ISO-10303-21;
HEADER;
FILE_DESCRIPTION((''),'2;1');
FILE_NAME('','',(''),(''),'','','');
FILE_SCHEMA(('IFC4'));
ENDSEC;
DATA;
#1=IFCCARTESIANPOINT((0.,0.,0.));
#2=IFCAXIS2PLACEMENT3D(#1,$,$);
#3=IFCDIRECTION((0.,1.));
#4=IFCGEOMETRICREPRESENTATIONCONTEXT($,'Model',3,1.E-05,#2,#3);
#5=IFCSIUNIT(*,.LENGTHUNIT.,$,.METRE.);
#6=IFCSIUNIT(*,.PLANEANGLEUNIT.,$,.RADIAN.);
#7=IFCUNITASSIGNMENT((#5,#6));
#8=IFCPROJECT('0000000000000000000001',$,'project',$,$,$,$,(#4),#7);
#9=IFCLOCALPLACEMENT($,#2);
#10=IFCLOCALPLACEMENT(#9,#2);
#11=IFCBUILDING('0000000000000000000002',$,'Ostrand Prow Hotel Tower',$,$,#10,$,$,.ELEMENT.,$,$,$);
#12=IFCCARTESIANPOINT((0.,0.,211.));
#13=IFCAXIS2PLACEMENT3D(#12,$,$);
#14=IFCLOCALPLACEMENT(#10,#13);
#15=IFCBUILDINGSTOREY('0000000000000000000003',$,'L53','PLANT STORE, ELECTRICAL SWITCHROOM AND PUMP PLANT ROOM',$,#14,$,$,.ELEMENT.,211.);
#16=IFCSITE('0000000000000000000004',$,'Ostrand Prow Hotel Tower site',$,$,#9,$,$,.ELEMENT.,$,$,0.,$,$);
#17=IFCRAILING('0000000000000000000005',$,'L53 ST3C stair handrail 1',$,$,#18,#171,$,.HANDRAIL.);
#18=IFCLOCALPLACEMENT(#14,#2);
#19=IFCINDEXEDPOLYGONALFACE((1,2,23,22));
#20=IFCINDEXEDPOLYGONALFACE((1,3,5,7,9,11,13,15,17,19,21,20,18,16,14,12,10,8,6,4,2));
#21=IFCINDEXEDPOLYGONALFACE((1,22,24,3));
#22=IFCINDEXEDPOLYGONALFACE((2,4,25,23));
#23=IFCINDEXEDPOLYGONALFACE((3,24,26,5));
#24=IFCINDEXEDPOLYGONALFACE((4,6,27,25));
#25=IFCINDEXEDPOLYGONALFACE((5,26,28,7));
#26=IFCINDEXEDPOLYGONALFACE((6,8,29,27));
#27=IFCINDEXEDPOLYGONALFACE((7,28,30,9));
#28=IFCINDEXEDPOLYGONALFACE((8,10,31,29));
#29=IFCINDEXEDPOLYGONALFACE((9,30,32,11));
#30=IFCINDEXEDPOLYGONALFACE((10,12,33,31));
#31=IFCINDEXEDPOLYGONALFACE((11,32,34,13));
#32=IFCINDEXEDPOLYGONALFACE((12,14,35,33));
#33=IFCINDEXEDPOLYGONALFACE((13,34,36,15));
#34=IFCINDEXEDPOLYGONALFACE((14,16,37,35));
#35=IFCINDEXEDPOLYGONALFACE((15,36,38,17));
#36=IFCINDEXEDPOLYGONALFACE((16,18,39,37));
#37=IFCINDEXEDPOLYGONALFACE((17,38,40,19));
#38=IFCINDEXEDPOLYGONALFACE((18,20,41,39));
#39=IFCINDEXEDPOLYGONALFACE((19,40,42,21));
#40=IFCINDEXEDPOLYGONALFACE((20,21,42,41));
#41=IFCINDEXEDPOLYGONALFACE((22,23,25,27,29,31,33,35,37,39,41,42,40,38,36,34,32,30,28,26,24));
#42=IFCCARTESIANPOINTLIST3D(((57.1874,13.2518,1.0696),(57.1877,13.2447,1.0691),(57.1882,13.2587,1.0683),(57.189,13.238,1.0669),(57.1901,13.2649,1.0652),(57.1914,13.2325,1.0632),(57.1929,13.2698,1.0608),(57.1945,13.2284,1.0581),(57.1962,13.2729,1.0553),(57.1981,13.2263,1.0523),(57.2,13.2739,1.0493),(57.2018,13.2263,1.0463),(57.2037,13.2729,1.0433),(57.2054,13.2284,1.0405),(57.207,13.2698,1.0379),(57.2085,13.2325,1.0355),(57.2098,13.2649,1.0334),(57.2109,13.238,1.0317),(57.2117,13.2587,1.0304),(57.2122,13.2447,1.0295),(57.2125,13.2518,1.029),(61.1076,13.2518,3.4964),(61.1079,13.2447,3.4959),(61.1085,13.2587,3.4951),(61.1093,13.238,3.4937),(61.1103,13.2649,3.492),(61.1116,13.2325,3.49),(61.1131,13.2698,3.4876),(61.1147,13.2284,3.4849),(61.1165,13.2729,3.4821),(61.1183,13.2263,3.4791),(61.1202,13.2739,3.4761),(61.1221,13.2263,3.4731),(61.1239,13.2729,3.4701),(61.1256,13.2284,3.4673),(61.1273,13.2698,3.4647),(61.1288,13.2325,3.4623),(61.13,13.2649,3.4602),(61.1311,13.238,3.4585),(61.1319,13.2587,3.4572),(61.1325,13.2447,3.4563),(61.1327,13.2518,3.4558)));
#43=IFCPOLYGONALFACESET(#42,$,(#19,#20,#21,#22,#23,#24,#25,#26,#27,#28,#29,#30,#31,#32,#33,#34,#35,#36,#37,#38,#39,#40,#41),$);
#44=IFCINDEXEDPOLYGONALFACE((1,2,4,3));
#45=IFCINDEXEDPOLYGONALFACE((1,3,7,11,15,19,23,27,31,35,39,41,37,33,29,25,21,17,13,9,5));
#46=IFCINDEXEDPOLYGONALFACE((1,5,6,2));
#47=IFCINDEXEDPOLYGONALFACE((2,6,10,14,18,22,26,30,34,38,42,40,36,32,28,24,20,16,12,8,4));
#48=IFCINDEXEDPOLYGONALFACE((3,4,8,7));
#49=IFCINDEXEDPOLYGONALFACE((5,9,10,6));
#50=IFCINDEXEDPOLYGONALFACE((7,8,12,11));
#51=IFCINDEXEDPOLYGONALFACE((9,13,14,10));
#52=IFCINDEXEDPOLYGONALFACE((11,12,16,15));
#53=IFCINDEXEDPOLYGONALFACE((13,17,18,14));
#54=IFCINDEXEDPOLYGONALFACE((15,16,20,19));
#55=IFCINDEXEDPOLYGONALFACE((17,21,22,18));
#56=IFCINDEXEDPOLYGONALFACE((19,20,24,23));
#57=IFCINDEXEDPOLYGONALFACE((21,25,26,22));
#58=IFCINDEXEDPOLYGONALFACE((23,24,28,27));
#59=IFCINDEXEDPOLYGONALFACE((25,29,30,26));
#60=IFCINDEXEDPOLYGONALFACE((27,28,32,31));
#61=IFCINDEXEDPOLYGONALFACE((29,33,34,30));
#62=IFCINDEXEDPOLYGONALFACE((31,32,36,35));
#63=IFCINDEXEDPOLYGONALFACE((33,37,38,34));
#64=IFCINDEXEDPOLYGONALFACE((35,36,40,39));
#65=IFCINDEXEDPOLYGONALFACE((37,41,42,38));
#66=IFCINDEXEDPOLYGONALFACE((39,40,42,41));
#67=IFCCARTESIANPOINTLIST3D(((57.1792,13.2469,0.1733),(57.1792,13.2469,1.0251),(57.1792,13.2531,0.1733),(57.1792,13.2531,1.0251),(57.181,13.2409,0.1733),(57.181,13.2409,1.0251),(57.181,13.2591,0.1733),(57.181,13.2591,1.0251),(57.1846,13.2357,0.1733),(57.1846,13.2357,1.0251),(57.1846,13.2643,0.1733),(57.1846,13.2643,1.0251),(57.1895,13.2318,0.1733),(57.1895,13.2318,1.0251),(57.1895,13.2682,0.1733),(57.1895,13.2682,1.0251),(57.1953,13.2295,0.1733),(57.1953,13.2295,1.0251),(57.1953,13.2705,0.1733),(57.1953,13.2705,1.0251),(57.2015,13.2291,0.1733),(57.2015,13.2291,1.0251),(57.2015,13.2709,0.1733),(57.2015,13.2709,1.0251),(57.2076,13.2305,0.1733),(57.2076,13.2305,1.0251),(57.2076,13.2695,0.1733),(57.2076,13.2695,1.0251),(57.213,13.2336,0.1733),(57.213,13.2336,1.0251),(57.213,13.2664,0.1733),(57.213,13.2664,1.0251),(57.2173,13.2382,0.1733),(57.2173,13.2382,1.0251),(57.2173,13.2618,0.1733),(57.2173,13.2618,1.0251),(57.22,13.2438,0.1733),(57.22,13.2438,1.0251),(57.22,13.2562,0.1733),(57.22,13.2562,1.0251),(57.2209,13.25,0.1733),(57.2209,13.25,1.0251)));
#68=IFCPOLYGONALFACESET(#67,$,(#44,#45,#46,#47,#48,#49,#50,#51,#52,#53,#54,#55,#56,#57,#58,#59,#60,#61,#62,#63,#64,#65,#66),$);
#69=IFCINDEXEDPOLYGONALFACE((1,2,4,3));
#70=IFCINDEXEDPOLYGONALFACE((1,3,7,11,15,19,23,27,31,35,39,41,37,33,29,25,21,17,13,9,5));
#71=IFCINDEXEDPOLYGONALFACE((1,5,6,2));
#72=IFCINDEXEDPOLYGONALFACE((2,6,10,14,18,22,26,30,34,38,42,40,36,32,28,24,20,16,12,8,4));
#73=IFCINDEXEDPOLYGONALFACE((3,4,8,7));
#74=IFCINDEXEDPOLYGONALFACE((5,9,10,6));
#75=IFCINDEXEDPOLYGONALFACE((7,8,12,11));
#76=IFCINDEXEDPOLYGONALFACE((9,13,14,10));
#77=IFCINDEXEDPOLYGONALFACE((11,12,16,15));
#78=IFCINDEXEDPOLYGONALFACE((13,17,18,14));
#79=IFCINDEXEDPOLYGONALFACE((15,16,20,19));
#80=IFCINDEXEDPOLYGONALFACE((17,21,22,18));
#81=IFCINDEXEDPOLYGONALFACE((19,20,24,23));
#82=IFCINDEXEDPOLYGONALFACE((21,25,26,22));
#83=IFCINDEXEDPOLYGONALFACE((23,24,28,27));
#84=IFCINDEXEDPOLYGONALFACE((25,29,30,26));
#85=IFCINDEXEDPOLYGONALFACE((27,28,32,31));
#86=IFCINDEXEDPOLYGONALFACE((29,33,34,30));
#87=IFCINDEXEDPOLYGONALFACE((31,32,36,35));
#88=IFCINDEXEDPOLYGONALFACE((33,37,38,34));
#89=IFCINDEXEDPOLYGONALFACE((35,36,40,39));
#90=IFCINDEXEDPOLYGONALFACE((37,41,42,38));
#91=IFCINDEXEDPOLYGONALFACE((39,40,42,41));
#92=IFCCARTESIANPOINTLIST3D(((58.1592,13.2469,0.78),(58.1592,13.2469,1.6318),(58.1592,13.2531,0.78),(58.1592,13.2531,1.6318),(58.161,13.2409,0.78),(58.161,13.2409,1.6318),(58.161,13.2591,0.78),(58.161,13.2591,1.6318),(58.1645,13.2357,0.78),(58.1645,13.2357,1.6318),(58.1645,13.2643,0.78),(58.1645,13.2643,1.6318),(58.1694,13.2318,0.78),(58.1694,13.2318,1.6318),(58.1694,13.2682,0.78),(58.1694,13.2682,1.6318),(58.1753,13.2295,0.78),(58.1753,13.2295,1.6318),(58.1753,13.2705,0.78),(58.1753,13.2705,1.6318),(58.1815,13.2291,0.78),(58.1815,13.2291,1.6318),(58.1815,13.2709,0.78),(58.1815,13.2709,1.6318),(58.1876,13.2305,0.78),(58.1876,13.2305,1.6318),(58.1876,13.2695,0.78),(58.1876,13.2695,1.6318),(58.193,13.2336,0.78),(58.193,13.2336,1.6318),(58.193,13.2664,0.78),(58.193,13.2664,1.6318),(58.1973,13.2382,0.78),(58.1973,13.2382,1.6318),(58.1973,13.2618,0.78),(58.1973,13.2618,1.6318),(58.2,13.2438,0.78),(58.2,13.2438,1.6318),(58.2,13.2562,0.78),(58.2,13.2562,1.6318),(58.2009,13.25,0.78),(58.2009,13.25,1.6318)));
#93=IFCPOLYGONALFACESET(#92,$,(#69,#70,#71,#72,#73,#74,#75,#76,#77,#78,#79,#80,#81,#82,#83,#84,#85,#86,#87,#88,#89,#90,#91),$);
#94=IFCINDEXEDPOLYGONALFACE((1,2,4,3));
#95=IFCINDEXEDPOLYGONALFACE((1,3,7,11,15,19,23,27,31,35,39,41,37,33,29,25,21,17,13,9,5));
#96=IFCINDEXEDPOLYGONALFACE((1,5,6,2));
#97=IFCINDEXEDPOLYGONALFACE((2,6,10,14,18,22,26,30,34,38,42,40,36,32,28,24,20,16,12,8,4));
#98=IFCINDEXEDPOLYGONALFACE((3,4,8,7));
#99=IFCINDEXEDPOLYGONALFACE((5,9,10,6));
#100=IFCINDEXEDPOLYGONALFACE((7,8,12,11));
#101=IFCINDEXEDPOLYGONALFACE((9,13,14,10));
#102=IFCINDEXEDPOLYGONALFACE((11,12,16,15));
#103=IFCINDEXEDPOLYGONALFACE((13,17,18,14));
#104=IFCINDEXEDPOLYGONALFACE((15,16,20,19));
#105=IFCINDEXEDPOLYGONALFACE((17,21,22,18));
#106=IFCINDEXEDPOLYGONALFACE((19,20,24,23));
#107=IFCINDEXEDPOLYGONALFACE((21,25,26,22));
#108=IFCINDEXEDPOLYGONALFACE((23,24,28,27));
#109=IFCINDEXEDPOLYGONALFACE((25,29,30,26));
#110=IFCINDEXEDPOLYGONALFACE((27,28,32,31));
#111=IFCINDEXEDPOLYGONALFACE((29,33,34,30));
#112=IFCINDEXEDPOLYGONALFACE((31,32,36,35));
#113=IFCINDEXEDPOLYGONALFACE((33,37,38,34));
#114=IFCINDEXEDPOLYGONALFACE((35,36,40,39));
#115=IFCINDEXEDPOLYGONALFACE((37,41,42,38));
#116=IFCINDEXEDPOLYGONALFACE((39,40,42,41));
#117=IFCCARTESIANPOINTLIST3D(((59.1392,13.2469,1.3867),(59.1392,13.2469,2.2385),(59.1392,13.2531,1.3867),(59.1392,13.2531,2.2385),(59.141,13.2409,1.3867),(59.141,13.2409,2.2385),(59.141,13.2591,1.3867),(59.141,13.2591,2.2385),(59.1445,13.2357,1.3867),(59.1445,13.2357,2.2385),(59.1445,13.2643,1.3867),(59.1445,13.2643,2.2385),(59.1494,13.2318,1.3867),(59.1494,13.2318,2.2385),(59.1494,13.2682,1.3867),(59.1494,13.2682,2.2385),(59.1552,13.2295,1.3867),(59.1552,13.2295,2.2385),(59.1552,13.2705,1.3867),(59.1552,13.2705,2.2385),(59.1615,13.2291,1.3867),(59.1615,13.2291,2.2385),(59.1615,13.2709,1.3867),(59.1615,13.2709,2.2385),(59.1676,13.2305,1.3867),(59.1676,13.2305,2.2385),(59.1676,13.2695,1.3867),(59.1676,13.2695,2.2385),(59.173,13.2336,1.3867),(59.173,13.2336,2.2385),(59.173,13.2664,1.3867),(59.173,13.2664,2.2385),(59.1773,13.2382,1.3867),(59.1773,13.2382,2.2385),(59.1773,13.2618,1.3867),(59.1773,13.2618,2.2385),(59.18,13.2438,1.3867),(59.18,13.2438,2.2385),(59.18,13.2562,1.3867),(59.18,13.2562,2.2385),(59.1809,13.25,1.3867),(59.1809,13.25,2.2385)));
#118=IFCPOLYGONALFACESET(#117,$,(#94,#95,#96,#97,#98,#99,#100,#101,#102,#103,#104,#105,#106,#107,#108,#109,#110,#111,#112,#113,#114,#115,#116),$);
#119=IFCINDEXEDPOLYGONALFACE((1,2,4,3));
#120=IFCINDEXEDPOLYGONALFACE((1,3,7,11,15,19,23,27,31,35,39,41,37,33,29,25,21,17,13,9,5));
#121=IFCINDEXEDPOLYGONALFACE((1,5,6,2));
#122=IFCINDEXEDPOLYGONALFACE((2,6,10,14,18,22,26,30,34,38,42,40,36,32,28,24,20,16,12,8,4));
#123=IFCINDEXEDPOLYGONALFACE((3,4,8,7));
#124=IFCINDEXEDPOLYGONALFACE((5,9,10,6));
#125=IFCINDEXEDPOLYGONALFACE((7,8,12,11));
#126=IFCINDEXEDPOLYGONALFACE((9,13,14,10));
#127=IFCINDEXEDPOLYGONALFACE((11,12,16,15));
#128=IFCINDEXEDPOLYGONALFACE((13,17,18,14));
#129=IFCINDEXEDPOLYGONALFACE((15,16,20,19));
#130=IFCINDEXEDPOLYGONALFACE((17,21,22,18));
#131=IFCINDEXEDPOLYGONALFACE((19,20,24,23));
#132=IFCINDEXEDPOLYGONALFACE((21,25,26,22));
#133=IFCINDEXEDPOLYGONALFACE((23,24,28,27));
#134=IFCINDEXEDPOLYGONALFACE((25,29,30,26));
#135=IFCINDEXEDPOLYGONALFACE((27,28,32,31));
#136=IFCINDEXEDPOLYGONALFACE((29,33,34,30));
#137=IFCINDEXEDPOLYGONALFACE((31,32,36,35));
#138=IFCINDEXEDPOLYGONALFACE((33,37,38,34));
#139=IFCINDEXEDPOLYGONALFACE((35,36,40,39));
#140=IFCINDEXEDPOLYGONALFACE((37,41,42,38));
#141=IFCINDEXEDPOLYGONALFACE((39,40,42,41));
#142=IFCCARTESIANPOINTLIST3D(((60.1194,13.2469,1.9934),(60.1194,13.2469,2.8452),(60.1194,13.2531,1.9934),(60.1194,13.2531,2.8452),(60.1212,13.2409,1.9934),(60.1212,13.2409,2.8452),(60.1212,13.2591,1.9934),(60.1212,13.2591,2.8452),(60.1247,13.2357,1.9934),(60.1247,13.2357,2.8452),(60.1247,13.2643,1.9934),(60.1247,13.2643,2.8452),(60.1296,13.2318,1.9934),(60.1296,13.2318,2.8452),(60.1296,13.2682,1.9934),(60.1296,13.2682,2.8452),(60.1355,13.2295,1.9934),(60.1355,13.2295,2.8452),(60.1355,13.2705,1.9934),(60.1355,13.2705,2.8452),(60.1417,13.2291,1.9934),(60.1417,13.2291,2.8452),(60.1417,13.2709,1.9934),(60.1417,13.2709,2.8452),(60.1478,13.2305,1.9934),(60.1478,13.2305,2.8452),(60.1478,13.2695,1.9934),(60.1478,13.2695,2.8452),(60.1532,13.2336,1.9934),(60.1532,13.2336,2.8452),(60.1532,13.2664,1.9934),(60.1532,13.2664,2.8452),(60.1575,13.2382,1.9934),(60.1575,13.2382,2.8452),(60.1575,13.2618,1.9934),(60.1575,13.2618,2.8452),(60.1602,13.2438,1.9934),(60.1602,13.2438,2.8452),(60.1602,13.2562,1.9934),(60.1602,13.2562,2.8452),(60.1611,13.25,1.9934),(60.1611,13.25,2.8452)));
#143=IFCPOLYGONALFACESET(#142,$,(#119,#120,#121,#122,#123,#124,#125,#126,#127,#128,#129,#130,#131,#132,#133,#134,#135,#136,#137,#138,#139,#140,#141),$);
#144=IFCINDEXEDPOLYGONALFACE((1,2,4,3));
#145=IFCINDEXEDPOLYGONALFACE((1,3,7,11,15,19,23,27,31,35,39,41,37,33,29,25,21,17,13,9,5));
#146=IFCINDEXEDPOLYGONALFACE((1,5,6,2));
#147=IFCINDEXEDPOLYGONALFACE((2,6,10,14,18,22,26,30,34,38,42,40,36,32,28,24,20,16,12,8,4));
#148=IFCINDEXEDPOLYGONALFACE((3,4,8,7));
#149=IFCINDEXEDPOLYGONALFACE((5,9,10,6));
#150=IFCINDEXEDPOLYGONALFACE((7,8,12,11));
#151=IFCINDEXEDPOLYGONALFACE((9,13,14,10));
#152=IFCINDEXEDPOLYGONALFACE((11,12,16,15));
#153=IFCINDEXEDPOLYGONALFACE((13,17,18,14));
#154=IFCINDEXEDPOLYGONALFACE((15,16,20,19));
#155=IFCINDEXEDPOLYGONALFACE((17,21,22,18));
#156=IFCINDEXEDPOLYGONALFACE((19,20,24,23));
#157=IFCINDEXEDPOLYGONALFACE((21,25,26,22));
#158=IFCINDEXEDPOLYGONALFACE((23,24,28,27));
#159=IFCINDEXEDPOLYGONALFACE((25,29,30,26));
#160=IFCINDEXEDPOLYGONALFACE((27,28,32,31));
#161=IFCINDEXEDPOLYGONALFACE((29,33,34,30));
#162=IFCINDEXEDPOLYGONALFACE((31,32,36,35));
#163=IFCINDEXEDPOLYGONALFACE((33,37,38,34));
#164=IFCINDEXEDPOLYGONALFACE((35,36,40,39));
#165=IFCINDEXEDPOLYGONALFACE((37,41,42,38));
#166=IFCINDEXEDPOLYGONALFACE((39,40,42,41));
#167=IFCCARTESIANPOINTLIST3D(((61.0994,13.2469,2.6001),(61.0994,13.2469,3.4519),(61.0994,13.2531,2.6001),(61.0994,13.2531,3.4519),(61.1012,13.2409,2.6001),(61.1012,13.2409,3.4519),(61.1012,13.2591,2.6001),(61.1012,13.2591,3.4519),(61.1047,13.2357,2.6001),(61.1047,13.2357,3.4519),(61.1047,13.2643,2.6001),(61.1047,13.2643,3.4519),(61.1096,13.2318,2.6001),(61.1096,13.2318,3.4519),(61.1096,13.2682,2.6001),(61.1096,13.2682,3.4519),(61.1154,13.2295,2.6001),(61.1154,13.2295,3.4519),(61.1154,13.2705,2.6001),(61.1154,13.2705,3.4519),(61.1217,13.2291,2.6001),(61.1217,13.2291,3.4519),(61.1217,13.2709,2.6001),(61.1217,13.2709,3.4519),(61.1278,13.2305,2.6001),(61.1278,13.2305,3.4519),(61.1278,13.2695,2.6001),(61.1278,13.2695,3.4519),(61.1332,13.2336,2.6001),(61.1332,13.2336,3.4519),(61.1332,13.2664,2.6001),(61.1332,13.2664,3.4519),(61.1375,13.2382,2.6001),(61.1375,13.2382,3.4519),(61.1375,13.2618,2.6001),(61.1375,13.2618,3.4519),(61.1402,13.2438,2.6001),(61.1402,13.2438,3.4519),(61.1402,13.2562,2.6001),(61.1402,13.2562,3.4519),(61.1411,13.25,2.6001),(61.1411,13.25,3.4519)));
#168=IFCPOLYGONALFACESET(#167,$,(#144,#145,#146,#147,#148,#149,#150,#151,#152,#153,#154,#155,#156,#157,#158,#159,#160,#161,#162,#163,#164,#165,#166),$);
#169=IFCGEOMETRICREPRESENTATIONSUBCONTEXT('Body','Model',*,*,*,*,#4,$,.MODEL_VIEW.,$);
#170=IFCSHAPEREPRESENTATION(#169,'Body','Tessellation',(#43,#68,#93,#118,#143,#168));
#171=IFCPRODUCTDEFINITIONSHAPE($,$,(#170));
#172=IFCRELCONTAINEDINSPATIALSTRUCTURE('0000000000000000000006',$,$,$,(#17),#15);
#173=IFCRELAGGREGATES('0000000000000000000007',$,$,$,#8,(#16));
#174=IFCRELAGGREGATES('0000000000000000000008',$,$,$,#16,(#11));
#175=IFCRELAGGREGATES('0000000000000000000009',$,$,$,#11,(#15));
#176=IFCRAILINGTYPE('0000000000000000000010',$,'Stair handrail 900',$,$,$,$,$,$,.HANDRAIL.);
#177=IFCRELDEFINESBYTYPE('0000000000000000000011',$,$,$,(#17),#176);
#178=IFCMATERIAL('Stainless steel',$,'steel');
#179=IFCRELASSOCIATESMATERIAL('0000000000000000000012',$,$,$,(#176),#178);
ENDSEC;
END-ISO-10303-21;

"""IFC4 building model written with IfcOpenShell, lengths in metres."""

from ifc_helpers import new_model, si_unit, direction, frame, origin, origin_2d, place, context, subcontext, project, spatial, circle, extrude, material, type_object, element, save


model = new_model("IFC4")

# Units and contexts
model_context = context("Model", 3, precision=1e-05, world=origin(), true_north=direction((0.0, 1.0)))
body_context = subcontext(model_context, "Body", "Model", "MODEL_VIEW")
ifc_project = project(units=[si_unit("LENGTHUNIT", "METRE"), si_unit("PLANEANGLEUNIT", "RADIAN")], contexts=[model_context])

# Site, building, storey
site_placement = place(None, origin())
site = spatial("IfcSite", under=ifc_project, at=site_placement, Name="Ostrand Prow Hotel Tower site", CompositionType="ELEMENT", RefElevation=0.0)
building_placement = place(site_placement, origin())
building = spatial("IfcBuilding", under=site, at=building_placement, Name="Ostrand Prow Hotel Tower", CompositionType="ELEMENT")
storey_placement = place(building_placement, frame((0.0, 0.0, 211.0)))
storey = spatial("IfcBuildingStorey", under=building, at=storey_placement, Name="L53", Description="PLANT STORE, ELECTRICAL SWITCHROOM AND PUMP PLANT ROOM", CompositionType="ELEMENT", Elevation=211.0)

# Railing
ifc_material_1 = material(Name="Stainless steel", Category="steel")
railing_type_1 = type_object("IfcRailingType", Name="Stair handrail 900", PredefinedType="HANDRAIL", material=ifc_material_1)
railing_1_placement = place(storey_placement, frame((57.2, 13.25, 0.1733)))
element("IfcRailing", 1, at=railing_1_placement, inside=storey, type_object=railing_type_1, Name="L53 ST3C stair handrail 1", PredefinedType="HANDRAIL", context=body_context, shape_type="SweptSolid", body=[
    extrude(circle(Radius=0.0239, at=origin_2d()), frame((0.0, 0.0, 0.876), z_axis=(0.850266, 0.0, 0.526353), x_axis=(0.0, 1.0, 0.0)), (0.0, 0.0, 1.0), 4.6106),
    extrude(circle(Radius=0.021, at=origin_2d()), origin(), (0.0, 0.0, 1.0), 0.8518),
    extrude(circle(Radius=0.021, at=origin_2d()), frame((0.98, 0.0, 0.6067)), (0.0, 0.0, 1.0), 0.8518),
    extrude(circle(Radius=0.021, at=origin_2d()), frame((1.96, 0.0, 1.2134)), (0.0, 0.0, 1.0), 0.8518),
    extrude(circle(Radius=0.021, at=origin_2d()), frame((2.9402, 0.0, 1.8201)), (0.0, 0.0, 1.0), 0.8518),
    extrude(circle(Radius=0.021, at=origin_2d()), frame((3.9202, 0.0, 2.4268)), (0.0, 0.0, 1.0), 0.8518),
])

save(model, "model.ifc")
